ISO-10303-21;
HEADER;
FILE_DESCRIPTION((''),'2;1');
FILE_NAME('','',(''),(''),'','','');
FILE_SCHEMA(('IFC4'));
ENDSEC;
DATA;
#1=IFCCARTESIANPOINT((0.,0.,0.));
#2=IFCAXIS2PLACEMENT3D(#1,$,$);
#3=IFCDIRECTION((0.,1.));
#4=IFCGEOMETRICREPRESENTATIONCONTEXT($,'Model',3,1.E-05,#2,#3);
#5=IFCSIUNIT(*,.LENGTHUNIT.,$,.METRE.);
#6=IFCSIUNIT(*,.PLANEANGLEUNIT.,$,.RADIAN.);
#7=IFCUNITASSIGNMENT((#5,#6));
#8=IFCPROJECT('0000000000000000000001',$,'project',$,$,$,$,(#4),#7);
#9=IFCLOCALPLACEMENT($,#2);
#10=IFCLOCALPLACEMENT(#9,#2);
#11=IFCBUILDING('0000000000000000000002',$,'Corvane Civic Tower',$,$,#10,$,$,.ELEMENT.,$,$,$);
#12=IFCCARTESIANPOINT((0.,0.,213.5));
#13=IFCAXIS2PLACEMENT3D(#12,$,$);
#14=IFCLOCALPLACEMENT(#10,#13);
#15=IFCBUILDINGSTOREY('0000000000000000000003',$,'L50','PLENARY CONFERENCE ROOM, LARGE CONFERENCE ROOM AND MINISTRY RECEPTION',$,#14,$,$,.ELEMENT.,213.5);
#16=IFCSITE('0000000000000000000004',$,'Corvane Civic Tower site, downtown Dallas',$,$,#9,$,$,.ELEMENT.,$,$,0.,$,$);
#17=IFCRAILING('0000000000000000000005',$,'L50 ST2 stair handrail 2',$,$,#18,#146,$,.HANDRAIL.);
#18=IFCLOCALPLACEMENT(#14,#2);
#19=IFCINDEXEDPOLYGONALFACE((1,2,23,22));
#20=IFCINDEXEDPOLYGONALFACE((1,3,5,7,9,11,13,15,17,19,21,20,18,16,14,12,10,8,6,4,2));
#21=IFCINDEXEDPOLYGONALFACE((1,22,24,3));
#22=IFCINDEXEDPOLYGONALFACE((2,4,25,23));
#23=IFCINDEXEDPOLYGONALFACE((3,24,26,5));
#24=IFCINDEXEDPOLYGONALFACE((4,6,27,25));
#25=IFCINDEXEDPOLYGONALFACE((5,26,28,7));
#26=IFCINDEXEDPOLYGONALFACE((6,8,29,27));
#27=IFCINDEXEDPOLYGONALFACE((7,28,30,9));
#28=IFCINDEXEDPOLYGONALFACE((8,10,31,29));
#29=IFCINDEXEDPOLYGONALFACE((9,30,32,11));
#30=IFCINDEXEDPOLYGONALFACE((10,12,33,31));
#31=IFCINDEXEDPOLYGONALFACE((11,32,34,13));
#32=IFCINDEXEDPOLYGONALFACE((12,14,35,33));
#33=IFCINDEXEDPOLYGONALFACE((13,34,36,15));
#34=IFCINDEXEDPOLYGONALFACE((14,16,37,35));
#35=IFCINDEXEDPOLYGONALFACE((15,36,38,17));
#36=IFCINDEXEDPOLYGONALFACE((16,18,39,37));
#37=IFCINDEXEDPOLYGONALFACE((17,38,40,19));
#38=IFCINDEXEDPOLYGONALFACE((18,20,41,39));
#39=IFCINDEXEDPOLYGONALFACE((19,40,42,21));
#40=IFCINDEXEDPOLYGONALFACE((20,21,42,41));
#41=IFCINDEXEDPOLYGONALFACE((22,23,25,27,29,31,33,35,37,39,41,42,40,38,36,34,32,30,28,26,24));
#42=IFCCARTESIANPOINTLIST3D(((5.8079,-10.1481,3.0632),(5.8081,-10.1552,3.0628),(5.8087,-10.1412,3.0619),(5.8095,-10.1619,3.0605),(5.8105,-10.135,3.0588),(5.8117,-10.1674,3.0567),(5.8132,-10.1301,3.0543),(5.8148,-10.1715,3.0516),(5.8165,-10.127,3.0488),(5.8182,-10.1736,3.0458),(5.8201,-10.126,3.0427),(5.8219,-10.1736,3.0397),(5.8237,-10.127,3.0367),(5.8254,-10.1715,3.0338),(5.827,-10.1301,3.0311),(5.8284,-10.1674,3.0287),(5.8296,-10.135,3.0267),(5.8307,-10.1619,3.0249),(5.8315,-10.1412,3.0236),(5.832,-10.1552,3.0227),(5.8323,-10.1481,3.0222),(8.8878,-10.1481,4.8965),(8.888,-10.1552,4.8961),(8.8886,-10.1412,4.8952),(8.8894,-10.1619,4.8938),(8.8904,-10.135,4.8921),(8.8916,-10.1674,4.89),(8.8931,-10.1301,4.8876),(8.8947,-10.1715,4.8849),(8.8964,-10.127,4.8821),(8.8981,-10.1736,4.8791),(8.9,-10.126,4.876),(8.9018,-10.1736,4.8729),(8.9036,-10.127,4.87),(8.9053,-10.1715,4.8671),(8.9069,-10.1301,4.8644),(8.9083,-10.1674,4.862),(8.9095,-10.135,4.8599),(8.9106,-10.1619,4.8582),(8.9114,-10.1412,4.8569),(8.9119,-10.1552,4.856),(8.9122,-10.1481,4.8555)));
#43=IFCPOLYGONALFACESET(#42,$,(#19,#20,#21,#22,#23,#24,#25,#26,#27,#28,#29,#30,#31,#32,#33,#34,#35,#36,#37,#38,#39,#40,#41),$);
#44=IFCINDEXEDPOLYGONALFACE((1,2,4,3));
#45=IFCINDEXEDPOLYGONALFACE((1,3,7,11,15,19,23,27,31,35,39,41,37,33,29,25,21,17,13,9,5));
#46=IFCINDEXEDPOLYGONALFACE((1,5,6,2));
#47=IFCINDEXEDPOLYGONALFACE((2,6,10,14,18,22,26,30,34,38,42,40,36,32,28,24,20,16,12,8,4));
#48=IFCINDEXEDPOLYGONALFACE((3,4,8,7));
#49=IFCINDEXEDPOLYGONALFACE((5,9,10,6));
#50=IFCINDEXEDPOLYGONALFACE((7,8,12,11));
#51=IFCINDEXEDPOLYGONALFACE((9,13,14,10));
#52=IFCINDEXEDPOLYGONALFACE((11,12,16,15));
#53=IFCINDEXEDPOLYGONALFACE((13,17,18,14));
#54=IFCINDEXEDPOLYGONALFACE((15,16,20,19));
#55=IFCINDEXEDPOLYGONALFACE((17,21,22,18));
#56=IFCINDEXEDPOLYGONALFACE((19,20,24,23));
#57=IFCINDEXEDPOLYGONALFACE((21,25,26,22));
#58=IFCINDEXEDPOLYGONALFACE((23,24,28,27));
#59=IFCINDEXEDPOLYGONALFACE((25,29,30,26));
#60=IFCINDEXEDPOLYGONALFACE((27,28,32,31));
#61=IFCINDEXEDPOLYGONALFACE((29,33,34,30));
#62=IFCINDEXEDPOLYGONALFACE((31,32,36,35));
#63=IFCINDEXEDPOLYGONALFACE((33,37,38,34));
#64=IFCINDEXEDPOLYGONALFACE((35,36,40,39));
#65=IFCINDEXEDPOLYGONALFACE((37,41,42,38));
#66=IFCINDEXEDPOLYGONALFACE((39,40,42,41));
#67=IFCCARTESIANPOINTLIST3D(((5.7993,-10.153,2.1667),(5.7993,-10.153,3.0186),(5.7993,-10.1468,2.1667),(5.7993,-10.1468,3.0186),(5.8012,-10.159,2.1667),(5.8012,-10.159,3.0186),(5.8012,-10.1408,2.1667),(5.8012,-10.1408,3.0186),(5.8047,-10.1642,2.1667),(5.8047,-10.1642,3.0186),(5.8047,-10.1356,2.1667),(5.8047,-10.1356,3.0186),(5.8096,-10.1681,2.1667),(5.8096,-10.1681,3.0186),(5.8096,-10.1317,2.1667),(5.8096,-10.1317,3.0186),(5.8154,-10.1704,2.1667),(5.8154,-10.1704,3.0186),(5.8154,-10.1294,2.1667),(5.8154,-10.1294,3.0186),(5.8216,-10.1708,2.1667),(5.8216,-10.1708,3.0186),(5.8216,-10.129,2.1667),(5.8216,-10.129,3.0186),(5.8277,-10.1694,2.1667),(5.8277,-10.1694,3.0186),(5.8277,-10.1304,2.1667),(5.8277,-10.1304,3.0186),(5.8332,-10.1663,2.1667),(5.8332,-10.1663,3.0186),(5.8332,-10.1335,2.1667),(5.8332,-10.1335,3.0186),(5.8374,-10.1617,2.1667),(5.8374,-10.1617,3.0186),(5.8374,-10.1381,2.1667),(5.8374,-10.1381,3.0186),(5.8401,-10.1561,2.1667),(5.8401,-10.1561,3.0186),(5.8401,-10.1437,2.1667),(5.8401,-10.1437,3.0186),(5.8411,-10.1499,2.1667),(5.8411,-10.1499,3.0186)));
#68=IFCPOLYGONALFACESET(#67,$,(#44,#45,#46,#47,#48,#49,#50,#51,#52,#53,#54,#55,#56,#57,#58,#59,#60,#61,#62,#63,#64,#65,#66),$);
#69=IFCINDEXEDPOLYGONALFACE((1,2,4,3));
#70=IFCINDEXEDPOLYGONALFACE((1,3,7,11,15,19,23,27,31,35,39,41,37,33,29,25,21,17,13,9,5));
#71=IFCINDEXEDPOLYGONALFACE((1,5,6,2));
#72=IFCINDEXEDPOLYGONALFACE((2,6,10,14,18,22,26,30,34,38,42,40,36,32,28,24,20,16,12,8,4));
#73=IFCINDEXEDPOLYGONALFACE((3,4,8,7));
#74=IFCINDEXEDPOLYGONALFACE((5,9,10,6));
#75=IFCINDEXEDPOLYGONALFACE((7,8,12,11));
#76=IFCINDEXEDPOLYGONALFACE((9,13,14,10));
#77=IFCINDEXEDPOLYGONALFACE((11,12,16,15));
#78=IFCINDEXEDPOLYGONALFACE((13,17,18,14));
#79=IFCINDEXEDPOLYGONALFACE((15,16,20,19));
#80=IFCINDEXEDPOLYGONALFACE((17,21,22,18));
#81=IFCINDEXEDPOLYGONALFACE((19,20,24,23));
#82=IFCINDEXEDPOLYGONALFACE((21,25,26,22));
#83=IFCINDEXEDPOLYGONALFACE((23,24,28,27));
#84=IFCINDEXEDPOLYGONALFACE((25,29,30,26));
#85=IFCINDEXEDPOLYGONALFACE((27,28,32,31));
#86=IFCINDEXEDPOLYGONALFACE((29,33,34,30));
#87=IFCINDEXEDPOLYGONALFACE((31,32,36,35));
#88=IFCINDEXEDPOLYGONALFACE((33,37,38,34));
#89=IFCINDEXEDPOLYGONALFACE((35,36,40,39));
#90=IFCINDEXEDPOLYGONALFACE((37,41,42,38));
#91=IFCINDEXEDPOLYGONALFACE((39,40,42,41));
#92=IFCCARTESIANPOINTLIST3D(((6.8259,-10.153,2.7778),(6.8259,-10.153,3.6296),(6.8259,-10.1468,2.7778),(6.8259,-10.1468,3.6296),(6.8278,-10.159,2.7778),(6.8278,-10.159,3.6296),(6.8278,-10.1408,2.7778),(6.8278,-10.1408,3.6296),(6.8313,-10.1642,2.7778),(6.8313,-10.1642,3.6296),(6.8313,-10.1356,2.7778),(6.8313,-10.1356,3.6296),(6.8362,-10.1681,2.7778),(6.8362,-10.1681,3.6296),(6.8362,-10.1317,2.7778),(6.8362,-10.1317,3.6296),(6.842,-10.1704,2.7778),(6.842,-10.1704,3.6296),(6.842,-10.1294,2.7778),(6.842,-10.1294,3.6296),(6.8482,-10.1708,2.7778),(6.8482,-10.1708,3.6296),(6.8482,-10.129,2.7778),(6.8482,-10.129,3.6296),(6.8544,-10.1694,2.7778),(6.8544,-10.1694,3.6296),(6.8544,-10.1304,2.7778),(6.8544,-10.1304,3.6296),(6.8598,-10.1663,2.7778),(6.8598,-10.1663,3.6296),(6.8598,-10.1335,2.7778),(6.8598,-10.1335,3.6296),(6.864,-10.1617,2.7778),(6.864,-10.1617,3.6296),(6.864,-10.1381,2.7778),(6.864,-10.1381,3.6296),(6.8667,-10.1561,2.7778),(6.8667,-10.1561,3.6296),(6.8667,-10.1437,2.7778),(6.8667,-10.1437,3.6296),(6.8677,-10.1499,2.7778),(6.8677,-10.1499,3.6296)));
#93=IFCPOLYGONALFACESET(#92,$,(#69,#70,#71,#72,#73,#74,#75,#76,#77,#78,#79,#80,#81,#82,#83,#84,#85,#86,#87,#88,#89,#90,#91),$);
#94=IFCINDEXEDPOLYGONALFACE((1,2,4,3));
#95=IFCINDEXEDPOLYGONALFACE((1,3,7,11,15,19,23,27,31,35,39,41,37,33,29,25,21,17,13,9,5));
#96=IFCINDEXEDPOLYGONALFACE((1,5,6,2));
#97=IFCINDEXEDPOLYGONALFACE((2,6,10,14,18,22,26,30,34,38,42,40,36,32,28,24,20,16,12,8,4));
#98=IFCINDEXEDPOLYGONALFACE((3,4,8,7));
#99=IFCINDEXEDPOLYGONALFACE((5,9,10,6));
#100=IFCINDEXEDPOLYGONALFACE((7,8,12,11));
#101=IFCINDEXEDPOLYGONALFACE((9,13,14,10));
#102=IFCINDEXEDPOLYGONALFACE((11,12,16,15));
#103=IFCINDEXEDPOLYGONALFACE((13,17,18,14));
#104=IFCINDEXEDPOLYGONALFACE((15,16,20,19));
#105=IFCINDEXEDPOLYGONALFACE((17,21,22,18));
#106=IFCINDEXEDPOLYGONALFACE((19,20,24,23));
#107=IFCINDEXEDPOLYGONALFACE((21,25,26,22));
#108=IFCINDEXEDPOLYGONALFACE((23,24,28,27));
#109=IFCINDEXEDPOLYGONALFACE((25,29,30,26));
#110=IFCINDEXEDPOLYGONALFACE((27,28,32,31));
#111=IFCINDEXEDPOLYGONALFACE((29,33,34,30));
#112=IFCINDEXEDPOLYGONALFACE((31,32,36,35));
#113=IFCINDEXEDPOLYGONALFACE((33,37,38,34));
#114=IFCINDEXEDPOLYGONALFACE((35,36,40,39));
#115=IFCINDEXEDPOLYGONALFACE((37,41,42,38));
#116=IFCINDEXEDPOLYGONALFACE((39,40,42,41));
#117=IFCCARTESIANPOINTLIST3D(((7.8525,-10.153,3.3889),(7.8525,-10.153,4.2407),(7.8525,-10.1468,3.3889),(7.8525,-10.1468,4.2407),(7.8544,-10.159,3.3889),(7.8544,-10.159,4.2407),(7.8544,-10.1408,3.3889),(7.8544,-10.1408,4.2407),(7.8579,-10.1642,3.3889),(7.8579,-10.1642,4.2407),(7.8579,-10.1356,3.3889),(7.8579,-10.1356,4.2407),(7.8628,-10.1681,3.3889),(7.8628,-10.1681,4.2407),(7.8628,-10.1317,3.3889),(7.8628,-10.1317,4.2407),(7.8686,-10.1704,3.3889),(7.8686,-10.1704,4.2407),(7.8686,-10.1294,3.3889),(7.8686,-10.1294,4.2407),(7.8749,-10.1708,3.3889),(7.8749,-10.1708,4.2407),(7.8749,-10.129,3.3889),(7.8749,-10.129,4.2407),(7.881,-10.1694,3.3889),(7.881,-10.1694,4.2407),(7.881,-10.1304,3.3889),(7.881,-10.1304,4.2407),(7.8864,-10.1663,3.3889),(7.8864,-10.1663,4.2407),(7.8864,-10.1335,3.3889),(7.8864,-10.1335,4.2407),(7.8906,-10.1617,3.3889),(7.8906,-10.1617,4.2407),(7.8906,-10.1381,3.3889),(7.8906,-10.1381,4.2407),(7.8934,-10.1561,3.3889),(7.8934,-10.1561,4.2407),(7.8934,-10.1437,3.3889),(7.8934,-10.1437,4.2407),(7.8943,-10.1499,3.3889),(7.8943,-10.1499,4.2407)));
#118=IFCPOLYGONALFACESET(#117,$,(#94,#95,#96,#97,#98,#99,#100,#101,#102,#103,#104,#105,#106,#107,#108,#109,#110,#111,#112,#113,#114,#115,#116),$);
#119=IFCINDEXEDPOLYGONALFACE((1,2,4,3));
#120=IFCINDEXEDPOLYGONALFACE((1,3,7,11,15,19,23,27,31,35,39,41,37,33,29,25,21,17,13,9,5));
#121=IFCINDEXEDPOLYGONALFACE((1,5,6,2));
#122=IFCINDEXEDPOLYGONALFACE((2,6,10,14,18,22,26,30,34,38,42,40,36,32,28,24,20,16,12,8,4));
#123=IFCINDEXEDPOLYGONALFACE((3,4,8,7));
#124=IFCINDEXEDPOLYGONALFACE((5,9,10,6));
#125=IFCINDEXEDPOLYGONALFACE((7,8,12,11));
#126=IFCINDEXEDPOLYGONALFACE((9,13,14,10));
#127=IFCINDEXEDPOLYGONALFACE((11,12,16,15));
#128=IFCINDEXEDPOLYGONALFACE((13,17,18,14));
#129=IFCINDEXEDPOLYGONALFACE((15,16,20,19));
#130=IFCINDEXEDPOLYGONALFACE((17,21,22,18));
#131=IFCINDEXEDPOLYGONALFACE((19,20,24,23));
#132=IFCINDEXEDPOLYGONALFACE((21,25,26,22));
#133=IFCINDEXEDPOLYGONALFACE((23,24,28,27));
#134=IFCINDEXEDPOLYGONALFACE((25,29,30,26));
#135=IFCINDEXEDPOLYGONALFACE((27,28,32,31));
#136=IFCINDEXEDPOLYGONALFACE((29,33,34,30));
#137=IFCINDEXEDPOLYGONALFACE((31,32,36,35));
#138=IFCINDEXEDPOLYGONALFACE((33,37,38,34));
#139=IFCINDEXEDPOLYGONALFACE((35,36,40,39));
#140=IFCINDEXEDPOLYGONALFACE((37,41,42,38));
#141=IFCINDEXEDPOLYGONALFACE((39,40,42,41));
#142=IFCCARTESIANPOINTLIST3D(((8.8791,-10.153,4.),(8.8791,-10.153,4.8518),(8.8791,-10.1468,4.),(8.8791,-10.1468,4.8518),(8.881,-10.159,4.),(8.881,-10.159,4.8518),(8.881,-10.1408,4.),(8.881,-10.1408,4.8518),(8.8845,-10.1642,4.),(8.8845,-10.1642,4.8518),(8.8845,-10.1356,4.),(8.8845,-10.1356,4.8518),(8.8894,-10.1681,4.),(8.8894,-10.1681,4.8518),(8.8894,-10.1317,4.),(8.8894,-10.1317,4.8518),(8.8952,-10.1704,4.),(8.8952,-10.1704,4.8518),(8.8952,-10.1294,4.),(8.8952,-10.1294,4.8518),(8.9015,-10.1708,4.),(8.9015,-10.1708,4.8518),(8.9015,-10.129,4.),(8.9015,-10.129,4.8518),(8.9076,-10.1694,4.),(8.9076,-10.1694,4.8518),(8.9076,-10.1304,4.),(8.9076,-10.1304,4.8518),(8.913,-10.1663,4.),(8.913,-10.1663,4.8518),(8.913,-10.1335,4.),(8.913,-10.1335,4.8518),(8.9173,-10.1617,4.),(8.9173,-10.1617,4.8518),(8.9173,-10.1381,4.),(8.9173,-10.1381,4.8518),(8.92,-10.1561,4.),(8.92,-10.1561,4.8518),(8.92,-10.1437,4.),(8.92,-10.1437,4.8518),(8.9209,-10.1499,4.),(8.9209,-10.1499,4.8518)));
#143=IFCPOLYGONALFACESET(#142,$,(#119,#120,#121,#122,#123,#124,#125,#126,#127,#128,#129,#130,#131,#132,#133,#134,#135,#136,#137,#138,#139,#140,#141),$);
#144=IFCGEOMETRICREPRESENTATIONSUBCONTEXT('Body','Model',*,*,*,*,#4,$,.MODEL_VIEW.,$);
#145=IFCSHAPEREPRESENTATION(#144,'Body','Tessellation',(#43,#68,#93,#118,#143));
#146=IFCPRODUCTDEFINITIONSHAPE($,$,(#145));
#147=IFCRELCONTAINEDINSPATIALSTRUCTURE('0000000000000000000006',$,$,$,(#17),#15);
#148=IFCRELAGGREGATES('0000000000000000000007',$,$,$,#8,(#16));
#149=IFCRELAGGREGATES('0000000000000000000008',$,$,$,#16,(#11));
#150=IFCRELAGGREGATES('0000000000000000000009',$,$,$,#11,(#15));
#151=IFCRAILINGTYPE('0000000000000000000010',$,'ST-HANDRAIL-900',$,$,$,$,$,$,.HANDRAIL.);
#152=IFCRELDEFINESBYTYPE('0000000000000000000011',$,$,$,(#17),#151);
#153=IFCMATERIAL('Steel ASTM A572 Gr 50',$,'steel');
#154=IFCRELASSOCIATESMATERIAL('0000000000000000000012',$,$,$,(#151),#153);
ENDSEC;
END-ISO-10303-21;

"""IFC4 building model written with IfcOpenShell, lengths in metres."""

from ifc_helpers import new_model, si_unit, direction, frame, origin, origin_2d, place, context, subcontext, project, spatial, circle, extrude, material, type_object, element, save


model = new_model("IFC4")

# Units and contexts
model_context = context("Model", 3, precision=1e-05, world=origin(), true_north=direction((0.0, 1.0)))
body_context = subcontext(model_context, "Body", "Model", "MODEL_VIEW")
ifc_project = project(units=[si_unit("LENGTHUNIT", "METRE"), si_unit("PLANEANGLEUNIT", "RADIAN")], contexts=[model_context])

# Site, building, storey
site_placement = place(None, origin())
site = spatial("IfcSite", under=ifc_project, at=site_placement, Name="Corvane Civic Tower site, downtown Dallas", CompositionType="ELEMENT", RefElevation=0.0)
building_placement = place(site_placement, origin())
building = spatial("IfcBuilding", under=site, at=building_placement, Name="Corvane Civic Tower", CompositionType="ELEMENT")
storey_placement = place(building_placement, frame((0.0, 0.0, 213.5)))
storey = spatial("IfcBuildingStorey", under=building, at=storey_placement, Name="L50", Description="PLENARY CONFERENCE ROOM, LARGE CONFERENCE ROOM AND MINISTRY RECEPTION", CompositionType="ELEMENT", Elevation=213.5)

# Railing
ifc_material_1 = material(Name="Steel ASTM A572 Gr 50", Category="steel")
railing_type_1 = type_object("IfcRailingType", Name="ST-HANDRAIL-900", PredefinedType="HANDRAIL", material=ifc_material_1)
railing_1_placement = place(storey_placement, frame((5.8201, -10.1499, 2.1667)))
element("IfcRailing", 1, at=railing_1_placement, inside=storey, type_object=railing_type_1, Name="L50 ST2 stair handrail 2", PredefinedType="HANDRAIL", context=body_context, shape_type="SweptSolid", body=[
    extrude(circle(Radius=0.0239, at=origin_2d()), frame((0.0, 0.0, 0.876), z_axis=(0.859291, 0.0, 0.511487), x_axis=(0.0, 1.0, 0.0)), (0.0, 0.0, 1.0), 3.5842),
    extrude(circle(Radius=0.021, at=origin_2d()), origin(), (0.0, 0.0, 1.0), 0.8518),
    extrude(circle(Radius=0.021, at=origin_2d()), frame((1.0266, 0.0, 0.6111)), (0.0, 0.0, 1.0), 0.8518),
    extrude(circle(Radius=0.021, at=origin_2d()), frame((2.0532, 0.0, 1.2222)), (0.0, 0.0, 1.0), 0.8518),
    extrude(circle(Radius=0.021, at=origin_2d()), frame((3.0798, 0.0, 1.8333)), (0.0, 0.0, 1.0), 0.8518),
])

save(model, "model.ifc")
